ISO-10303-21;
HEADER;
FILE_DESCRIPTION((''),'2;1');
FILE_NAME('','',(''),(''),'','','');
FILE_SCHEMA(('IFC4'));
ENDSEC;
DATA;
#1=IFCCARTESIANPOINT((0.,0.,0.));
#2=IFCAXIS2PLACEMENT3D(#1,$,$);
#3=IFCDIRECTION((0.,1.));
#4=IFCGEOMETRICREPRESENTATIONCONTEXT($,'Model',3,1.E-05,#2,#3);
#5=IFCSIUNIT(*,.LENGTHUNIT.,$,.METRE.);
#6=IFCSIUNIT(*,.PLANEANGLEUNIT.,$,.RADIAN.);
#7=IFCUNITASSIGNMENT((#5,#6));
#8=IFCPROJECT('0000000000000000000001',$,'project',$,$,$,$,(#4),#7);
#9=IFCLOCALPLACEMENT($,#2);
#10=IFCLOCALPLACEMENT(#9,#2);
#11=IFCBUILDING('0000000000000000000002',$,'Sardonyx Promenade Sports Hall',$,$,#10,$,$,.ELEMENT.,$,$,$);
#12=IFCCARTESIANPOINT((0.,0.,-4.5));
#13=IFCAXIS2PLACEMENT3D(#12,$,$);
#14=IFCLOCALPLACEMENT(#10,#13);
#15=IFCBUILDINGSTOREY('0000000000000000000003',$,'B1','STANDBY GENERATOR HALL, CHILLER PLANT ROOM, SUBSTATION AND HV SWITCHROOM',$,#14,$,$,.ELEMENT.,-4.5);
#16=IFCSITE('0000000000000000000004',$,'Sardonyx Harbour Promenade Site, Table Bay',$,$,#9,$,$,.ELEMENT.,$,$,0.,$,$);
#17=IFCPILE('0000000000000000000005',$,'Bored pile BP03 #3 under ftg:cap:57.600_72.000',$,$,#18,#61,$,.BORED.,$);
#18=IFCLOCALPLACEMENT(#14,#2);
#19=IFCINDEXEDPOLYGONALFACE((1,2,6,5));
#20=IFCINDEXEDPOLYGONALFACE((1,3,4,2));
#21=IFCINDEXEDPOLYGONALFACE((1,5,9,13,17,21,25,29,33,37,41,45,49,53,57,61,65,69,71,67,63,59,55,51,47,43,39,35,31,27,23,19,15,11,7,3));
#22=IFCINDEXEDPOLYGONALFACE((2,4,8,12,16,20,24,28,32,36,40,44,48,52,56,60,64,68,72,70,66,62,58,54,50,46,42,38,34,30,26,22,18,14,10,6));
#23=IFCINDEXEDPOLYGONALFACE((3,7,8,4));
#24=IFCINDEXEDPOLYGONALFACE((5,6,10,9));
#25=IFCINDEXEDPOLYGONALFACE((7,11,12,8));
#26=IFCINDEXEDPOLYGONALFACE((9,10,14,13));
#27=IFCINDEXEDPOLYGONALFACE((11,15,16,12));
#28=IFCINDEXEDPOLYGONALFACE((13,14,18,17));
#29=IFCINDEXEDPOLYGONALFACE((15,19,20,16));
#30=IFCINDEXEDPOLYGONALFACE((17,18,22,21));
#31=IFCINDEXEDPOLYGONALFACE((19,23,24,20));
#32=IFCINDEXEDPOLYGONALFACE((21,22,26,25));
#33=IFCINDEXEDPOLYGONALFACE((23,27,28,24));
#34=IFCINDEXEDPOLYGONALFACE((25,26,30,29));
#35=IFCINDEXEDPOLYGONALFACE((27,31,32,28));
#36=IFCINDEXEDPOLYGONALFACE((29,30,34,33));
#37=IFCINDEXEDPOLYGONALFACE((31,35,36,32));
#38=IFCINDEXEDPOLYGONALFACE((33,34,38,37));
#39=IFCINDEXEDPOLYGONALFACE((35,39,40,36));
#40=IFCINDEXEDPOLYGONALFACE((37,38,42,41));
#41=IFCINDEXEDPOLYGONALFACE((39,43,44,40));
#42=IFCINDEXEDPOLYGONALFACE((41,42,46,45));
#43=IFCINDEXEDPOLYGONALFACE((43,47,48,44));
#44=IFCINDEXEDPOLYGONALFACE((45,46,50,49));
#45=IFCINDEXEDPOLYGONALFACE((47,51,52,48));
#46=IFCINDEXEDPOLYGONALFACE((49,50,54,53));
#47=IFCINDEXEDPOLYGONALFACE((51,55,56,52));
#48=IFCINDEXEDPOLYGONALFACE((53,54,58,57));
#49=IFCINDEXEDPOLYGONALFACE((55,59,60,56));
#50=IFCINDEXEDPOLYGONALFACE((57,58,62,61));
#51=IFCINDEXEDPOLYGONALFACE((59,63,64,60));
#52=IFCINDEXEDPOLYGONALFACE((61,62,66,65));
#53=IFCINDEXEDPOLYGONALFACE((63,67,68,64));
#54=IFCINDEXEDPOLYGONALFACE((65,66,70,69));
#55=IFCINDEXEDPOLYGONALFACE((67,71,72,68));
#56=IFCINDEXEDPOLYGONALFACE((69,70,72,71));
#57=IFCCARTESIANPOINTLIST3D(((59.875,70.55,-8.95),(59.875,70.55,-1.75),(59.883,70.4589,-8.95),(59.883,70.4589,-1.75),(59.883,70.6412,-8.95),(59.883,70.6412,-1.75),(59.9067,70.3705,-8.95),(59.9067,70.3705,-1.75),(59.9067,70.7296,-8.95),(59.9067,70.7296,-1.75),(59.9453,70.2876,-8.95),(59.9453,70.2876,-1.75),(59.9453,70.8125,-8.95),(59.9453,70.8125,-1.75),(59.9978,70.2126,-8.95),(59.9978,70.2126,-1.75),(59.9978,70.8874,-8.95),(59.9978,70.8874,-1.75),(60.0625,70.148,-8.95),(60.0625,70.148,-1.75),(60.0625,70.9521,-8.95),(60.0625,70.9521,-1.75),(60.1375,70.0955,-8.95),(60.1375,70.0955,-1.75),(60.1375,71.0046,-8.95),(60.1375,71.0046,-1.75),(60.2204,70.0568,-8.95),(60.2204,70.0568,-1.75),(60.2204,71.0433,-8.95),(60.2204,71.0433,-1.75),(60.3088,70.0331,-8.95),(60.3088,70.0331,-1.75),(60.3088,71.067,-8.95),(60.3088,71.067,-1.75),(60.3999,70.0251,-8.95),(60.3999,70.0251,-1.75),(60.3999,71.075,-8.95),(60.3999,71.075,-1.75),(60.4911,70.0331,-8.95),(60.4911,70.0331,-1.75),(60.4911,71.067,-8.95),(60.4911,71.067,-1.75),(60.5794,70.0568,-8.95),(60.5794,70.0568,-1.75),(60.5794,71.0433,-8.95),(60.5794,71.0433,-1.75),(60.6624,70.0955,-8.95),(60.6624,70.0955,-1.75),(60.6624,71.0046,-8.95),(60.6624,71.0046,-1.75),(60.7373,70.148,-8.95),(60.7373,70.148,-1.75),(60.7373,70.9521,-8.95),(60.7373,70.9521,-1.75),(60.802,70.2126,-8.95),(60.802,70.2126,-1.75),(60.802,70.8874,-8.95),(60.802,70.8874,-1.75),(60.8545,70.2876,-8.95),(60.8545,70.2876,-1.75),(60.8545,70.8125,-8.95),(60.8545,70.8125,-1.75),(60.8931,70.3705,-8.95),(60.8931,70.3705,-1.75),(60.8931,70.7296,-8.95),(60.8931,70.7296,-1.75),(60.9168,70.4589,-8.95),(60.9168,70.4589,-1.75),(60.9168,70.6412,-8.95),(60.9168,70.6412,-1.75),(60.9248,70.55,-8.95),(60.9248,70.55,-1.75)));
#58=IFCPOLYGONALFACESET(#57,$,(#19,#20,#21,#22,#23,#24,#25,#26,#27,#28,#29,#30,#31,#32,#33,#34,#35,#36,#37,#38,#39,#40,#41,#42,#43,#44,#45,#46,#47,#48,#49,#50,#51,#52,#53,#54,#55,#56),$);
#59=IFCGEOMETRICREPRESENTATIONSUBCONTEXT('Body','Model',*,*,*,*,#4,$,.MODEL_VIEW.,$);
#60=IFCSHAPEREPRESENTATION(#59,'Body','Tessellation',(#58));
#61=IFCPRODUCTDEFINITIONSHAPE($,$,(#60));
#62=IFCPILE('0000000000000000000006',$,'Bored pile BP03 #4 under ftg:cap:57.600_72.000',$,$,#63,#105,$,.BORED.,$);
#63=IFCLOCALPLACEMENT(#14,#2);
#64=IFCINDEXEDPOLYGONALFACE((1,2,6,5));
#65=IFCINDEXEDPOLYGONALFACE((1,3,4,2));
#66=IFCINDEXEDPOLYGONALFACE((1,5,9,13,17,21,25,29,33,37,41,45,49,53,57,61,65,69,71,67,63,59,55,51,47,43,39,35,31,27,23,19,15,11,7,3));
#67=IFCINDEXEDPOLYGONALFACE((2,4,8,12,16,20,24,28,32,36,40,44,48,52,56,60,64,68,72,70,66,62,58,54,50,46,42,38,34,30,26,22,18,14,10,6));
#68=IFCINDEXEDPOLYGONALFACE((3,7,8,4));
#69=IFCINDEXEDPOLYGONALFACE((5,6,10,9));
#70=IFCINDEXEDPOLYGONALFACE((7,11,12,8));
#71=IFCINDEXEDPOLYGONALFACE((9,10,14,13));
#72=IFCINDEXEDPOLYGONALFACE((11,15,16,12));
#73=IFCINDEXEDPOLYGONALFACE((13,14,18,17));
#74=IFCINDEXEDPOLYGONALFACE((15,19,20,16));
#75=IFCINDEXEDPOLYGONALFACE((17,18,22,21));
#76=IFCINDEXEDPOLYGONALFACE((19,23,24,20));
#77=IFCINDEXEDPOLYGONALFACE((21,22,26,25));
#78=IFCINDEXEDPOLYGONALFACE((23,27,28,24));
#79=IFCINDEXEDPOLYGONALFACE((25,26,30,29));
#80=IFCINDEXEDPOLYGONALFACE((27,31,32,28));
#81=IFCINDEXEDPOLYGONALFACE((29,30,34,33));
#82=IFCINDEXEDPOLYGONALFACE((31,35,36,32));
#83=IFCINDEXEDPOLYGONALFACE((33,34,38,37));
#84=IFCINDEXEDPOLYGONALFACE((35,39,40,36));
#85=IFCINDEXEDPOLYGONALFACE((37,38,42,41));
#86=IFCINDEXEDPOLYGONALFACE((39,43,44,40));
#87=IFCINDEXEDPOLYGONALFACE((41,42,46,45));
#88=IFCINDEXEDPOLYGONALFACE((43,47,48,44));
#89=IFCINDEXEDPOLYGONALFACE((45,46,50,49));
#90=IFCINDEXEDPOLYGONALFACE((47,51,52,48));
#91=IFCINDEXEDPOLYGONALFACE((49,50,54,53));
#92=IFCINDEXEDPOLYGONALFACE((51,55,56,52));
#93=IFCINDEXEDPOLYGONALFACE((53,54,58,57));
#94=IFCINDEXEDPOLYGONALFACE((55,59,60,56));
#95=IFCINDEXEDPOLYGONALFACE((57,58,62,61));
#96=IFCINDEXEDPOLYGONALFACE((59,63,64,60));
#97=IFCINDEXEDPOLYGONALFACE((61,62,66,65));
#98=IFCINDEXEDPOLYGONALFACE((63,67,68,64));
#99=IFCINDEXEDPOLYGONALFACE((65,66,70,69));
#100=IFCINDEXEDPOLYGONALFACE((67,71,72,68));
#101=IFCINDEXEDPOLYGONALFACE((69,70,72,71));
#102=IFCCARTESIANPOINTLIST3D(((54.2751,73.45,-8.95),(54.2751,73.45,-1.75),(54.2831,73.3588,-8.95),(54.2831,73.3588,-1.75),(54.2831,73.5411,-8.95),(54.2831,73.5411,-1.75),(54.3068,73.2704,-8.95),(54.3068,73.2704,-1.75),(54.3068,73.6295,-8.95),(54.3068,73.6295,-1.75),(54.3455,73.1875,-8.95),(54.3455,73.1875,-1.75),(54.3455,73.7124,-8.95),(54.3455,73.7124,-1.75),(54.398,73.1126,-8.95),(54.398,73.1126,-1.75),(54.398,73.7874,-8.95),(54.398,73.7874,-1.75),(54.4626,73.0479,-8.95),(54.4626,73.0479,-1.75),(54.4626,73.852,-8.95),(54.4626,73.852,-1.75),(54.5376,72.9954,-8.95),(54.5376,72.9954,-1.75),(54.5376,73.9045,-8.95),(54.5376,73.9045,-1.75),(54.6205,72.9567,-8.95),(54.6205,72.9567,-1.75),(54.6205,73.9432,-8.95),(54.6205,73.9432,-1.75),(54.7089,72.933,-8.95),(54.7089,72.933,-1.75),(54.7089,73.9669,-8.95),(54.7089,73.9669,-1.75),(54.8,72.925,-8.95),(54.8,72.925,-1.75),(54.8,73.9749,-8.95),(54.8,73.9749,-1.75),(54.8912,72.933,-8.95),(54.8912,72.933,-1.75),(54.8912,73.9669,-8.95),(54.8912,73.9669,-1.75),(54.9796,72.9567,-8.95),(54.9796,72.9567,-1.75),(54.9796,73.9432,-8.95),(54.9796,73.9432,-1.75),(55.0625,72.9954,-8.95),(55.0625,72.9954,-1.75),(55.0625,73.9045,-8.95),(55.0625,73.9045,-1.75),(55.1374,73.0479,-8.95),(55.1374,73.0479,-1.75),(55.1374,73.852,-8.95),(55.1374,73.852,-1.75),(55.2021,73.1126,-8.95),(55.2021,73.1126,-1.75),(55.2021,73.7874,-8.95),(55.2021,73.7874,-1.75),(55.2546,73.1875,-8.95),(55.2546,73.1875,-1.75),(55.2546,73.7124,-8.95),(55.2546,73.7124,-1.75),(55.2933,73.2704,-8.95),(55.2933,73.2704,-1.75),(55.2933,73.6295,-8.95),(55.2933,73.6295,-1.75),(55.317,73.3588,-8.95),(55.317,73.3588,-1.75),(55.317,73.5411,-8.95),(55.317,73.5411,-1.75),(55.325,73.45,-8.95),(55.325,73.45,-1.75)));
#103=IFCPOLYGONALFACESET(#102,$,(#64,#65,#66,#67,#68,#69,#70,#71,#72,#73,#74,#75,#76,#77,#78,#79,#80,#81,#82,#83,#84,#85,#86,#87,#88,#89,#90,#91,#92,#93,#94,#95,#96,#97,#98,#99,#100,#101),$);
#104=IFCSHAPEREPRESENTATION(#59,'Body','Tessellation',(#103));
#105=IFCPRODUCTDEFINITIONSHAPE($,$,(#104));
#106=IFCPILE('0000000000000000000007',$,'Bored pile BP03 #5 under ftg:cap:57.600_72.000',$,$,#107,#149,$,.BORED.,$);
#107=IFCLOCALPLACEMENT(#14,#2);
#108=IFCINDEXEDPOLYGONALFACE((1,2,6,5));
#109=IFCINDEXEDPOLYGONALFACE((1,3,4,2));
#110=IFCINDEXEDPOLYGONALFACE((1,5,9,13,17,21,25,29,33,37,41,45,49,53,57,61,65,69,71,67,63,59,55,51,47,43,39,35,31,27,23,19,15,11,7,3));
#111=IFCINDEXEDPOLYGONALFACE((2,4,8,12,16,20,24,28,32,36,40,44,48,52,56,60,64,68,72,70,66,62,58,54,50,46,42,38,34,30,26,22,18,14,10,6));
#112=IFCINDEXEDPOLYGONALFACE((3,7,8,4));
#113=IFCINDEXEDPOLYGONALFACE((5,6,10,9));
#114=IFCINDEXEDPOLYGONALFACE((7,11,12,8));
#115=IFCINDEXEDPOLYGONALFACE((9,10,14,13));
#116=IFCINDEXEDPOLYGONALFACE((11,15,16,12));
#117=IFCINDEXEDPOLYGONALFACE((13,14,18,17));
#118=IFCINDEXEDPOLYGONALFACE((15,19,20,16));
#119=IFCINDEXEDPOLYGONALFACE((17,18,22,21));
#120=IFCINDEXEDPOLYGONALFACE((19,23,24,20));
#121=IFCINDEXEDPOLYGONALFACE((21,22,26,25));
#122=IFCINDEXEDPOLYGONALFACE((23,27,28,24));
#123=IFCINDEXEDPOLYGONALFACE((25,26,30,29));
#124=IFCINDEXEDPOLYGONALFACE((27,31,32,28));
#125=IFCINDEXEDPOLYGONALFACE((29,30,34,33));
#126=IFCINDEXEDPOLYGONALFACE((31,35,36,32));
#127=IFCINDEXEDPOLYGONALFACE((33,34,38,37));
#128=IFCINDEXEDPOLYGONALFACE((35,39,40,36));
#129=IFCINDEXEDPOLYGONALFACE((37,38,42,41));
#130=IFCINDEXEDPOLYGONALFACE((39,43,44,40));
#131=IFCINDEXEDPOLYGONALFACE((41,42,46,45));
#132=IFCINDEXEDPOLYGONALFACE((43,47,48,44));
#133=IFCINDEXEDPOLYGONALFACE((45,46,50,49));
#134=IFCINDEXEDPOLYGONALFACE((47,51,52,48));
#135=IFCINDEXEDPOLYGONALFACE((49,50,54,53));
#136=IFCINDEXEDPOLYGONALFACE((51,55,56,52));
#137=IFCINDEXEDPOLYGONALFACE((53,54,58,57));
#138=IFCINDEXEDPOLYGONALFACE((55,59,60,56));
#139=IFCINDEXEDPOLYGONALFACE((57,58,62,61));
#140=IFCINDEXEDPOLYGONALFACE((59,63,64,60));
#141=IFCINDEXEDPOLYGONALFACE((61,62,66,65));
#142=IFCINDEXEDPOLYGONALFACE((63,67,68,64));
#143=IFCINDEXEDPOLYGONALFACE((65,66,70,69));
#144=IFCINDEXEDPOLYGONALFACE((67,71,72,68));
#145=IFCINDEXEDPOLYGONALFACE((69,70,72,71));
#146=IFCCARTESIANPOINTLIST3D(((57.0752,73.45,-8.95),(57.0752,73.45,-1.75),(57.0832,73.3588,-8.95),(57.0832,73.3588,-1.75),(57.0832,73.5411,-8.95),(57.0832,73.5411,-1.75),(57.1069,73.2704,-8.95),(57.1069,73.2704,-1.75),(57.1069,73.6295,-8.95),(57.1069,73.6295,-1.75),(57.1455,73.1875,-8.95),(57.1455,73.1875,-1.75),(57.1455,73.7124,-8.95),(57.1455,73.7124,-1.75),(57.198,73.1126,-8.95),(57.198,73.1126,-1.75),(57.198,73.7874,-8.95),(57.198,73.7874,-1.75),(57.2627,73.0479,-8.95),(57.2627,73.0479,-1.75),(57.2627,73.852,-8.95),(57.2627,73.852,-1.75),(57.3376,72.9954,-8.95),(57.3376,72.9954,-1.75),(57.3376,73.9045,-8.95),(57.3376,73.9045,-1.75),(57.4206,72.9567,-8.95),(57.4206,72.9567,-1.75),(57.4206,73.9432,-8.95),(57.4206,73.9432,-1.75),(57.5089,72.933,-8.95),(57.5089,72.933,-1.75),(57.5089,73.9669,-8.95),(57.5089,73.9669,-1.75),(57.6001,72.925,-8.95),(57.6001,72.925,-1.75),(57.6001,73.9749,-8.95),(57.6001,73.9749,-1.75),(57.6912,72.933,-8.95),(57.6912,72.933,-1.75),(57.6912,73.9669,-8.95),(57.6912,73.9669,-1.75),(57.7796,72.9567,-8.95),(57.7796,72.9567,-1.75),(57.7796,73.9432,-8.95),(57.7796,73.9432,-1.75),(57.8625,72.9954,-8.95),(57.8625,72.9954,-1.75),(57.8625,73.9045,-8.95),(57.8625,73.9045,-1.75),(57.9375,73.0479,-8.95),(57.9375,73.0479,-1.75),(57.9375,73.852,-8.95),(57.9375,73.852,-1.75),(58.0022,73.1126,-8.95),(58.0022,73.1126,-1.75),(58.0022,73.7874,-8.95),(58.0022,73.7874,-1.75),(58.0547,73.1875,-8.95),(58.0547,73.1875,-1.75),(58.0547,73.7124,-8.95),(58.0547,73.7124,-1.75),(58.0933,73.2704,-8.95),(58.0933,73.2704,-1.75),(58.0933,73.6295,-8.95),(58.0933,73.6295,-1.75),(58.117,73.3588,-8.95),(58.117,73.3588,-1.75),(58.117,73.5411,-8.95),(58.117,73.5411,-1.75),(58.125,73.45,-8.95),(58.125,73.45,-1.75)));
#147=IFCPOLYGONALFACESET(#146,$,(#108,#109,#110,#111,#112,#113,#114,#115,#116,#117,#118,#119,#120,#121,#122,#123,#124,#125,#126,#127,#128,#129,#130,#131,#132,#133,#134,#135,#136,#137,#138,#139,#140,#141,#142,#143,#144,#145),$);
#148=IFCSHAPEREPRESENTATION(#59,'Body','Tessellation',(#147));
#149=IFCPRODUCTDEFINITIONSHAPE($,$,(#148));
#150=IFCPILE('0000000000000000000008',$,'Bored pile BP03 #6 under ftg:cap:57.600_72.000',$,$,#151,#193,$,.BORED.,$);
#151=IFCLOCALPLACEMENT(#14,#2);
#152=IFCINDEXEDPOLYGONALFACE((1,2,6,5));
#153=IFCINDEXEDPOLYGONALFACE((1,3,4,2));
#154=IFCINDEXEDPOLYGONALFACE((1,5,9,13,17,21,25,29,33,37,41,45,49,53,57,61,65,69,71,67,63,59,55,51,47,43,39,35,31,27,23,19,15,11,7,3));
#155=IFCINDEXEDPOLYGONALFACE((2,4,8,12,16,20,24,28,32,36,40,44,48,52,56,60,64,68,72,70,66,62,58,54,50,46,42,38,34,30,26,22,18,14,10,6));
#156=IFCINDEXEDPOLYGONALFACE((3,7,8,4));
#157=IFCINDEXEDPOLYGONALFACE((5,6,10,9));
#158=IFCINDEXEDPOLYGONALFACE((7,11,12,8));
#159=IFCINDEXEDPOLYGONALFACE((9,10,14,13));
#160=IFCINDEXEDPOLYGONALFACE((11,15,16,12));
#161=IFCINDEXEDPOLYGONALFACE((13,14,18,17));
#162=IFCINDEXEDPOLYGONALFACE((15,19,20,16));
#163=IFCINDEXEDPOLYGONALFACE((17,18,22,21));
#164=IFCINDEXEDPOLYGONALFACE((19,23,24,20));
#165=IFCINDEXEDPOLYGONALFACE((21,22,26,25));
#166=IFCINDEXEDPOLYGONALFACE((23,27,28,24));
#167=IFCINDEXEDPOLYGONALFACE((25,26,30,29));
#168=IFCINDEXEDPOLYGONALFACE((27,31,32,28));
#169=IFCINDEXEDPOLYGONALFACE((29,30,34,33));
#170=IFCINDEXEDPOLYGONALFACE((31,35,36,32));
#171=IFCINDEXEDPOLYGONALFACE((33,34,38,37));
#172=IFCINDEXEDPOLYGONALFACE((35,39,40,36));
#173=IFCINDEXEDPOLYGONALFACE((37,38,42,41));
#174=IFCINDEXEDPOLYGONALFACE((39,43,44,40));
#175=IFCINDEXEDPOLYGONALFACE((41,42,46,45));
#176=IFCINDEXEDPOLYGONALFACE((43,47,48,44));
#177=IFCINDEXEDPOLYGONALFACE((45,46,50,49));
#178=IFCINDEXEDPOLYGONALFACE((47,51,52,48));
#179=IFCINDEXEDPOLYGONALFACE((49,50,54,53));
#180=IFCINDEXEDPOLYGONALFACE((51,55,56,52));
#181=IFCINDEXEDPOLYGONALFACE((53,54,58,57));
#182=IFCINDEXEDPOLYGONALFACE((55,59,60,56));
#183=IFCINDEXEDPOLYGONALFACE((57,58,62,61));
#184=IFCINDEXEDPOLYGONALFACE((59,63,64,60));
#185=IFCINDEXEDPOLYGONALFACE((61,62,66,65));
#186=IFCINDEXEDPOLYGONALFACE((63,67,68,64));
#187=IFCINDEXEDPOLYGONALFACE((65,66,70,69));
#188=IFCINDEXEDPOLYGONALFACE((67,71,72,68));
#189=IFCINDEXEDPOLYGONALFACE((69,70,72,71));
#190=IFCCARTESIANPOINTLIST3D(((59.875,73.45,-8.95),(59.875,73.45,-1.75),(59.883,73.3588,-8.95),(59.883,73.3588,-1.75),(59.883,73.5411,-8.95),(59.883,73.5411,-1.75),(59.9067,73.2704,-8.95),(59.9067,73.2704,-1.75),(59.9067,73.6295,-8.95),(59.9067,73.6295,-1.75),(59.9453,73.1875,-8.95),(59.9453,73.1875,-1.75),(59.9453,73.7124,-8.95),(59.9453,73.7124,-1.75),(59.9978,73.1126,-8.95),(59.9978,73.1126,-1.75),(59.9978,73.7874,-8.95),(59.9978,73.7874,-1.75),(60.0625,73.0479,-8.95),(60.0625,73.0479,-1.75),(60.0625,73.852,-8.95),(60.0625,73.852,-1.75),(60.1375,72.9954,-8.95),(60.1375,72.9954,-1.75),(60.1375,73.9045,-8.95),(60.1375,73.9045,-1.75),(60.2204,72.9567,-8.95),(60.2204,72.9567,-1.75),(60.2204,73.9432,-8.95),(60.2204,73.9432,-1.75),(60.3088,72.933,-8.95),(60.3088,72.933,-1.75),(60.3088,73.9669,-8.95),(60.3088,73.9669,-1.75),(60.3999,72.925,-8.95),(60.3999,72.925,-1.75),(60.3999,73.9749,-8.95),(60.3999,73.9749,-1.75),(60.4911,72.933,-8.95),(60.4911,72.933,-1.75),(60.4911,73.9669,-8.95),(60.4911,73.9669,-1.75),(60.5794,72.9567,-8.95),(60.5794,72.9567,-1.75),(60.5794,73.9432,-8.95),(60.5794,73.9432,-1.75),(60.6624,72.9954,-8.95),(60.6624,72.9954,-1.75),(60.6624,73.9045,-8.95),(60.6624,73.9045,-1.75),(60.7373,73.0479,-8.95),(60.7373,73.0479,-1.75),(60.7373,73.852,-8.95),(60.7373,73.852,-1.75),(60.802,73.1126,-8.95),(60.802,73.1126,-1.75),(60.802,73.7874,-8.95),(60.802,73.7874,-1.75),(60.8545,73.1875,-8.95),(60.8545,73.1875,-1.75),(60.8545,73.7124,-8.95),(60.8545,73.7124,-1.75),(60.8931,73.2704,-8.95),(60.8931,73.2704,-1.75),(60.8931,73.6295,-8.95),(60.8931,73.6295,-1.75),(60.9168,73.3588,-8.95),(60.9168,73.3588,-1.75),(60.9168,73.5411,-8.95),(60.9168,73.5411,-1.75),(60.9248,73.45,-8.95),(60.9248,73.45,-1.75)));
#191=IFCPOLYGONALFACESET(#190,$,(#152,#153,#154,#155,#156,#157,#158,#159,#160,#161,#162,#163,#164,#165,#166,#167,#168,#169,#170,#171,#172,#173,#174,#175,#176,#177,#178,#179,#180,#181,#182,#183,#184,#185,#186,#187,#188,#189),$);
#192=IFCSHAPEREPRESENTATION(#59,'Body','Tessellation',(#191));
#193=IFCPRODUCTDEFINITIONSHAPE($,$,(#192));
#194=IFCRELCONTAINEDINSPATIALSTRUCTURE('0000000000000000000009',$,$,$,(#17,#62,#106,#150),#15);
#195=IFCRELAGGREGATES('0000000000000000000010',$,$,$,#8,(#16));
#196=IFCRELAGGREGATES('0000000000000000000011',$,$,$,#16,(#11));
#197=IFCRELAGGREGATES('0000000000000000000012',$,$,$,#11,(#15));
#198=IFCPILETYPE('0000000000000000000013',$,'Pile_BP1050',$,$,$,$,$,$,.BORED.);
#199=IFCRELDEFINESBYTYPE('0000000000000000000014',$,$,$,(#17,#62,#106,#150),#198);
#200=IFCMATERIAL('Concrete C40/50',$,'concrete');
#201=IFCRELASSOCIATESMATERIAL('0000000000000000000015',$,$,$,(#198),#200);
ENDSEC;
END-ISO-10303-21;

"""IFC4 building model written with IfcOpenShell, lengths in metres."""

from ifc_helpers import new_model, si_unit, direction, frame, origin, origin_2d, place, context, subcontext, project, spatial, circle, extrude, material, material_profile, profile_set, type_object, element, save


model = new_model("IFC4")

# Units and contexts
model_context = context("Model", 3, precision=1e-05, world=origin(), true_north=direction((0.0, 1.0)))
body_context = subcontext(model_context, "Body", "Model", "MODEL_VIEW")
ifc_project = project(units=[si_unit("LENGTHUNIT", "METRE"), si_unit("PLANEANGLEUNIT", "RADIAN")], contexts=[model_context])

# Site, building, storey
site_placement = place(None, origin())
site = spatial("IfcSite", under=ifc_project, at=site_placement, Name="Sardonyx Harbour Promenade Site, Table Bay", CompositionType="ELEMENT", RefElevation=0.0)
building_placement = place(site_placement, origin())
building = spatial("IfcBuilding", under=site, at=building_placement, Name="Sardonyx Promenade Sports Hall", CompositionType="ELEMENT")
storey_placement = place(building_placement, frame((0.0, 0.0, -4.5)))
storey = spatial("IfcBuildingStorey", under=building, at=storey_placement, Name="B1", Description="STANDBY GENERATOR HALL, CHILLER PLANT ROOM, SUBSTATION AND HV SWITCHROOM", CompositionType="ELEMENT", Elevation=-4.5)

# Piles
ifc_material_1 = material(Name="Concrete C40/50", Category="concrete")
ifc_material_profile_1 = material_profile(ifc_material_1, circle(Radius=0.5249, at=origin_2d()))
ifc_profile_set_1 = profile_set([ifc_material_profile_1], Name="Concrete C40/50")
pile_type_1 = type_object("IfcPileType", Name="Pile_BP1050", PredefinedType="BORED", material=ifc_profile_set_1)
for number, where, z_axis, x_axis, name in (
    (1, (60.3999, 70.55, -1.75), (0.0, 0.0, -1.0), (1.0, 0.0, 0.0), "Bored pile BP03 #3 under ftg:cap:57.600_72.000"),
    (2, (54.8, 73.45, -1.75), (0.0, 0.0, -1.0), (1.0, 0.0, 0.0), "Bored pile BP03 #4 under ftg:cap:57.600_72.000"),
    (3, (57.6001, 73.45, -1.75), (0.0, 0.0, -1.0), (1.0, 0.0, 0.0), "Bored pile BP03 #5 under ftg:cap:57.600_72.000"),
    (4, (60.3999, 73.45, -1.75), (0.0, 0.0, -1.0), (1.0, 0.0, 0.0), "Bored pile BP03 #6 under ftg:cap:57.600_72.000"),
):
    element("IfcPile", number, at=place(storey_placement, frame(where, z_axis=z_axis, x_axis=x_axis)), inside=storey, type_object=pile_type_1, Name=name, PredefinedType="BORED", context=body_context, shape_type="SweptSolid", body=[
        extrude(circle(Radius=0.5249, at=origin_2d()), origin(), (0.0, 0.0, 1.0), 7.2),
    ])

save(model, "model.ifc")
